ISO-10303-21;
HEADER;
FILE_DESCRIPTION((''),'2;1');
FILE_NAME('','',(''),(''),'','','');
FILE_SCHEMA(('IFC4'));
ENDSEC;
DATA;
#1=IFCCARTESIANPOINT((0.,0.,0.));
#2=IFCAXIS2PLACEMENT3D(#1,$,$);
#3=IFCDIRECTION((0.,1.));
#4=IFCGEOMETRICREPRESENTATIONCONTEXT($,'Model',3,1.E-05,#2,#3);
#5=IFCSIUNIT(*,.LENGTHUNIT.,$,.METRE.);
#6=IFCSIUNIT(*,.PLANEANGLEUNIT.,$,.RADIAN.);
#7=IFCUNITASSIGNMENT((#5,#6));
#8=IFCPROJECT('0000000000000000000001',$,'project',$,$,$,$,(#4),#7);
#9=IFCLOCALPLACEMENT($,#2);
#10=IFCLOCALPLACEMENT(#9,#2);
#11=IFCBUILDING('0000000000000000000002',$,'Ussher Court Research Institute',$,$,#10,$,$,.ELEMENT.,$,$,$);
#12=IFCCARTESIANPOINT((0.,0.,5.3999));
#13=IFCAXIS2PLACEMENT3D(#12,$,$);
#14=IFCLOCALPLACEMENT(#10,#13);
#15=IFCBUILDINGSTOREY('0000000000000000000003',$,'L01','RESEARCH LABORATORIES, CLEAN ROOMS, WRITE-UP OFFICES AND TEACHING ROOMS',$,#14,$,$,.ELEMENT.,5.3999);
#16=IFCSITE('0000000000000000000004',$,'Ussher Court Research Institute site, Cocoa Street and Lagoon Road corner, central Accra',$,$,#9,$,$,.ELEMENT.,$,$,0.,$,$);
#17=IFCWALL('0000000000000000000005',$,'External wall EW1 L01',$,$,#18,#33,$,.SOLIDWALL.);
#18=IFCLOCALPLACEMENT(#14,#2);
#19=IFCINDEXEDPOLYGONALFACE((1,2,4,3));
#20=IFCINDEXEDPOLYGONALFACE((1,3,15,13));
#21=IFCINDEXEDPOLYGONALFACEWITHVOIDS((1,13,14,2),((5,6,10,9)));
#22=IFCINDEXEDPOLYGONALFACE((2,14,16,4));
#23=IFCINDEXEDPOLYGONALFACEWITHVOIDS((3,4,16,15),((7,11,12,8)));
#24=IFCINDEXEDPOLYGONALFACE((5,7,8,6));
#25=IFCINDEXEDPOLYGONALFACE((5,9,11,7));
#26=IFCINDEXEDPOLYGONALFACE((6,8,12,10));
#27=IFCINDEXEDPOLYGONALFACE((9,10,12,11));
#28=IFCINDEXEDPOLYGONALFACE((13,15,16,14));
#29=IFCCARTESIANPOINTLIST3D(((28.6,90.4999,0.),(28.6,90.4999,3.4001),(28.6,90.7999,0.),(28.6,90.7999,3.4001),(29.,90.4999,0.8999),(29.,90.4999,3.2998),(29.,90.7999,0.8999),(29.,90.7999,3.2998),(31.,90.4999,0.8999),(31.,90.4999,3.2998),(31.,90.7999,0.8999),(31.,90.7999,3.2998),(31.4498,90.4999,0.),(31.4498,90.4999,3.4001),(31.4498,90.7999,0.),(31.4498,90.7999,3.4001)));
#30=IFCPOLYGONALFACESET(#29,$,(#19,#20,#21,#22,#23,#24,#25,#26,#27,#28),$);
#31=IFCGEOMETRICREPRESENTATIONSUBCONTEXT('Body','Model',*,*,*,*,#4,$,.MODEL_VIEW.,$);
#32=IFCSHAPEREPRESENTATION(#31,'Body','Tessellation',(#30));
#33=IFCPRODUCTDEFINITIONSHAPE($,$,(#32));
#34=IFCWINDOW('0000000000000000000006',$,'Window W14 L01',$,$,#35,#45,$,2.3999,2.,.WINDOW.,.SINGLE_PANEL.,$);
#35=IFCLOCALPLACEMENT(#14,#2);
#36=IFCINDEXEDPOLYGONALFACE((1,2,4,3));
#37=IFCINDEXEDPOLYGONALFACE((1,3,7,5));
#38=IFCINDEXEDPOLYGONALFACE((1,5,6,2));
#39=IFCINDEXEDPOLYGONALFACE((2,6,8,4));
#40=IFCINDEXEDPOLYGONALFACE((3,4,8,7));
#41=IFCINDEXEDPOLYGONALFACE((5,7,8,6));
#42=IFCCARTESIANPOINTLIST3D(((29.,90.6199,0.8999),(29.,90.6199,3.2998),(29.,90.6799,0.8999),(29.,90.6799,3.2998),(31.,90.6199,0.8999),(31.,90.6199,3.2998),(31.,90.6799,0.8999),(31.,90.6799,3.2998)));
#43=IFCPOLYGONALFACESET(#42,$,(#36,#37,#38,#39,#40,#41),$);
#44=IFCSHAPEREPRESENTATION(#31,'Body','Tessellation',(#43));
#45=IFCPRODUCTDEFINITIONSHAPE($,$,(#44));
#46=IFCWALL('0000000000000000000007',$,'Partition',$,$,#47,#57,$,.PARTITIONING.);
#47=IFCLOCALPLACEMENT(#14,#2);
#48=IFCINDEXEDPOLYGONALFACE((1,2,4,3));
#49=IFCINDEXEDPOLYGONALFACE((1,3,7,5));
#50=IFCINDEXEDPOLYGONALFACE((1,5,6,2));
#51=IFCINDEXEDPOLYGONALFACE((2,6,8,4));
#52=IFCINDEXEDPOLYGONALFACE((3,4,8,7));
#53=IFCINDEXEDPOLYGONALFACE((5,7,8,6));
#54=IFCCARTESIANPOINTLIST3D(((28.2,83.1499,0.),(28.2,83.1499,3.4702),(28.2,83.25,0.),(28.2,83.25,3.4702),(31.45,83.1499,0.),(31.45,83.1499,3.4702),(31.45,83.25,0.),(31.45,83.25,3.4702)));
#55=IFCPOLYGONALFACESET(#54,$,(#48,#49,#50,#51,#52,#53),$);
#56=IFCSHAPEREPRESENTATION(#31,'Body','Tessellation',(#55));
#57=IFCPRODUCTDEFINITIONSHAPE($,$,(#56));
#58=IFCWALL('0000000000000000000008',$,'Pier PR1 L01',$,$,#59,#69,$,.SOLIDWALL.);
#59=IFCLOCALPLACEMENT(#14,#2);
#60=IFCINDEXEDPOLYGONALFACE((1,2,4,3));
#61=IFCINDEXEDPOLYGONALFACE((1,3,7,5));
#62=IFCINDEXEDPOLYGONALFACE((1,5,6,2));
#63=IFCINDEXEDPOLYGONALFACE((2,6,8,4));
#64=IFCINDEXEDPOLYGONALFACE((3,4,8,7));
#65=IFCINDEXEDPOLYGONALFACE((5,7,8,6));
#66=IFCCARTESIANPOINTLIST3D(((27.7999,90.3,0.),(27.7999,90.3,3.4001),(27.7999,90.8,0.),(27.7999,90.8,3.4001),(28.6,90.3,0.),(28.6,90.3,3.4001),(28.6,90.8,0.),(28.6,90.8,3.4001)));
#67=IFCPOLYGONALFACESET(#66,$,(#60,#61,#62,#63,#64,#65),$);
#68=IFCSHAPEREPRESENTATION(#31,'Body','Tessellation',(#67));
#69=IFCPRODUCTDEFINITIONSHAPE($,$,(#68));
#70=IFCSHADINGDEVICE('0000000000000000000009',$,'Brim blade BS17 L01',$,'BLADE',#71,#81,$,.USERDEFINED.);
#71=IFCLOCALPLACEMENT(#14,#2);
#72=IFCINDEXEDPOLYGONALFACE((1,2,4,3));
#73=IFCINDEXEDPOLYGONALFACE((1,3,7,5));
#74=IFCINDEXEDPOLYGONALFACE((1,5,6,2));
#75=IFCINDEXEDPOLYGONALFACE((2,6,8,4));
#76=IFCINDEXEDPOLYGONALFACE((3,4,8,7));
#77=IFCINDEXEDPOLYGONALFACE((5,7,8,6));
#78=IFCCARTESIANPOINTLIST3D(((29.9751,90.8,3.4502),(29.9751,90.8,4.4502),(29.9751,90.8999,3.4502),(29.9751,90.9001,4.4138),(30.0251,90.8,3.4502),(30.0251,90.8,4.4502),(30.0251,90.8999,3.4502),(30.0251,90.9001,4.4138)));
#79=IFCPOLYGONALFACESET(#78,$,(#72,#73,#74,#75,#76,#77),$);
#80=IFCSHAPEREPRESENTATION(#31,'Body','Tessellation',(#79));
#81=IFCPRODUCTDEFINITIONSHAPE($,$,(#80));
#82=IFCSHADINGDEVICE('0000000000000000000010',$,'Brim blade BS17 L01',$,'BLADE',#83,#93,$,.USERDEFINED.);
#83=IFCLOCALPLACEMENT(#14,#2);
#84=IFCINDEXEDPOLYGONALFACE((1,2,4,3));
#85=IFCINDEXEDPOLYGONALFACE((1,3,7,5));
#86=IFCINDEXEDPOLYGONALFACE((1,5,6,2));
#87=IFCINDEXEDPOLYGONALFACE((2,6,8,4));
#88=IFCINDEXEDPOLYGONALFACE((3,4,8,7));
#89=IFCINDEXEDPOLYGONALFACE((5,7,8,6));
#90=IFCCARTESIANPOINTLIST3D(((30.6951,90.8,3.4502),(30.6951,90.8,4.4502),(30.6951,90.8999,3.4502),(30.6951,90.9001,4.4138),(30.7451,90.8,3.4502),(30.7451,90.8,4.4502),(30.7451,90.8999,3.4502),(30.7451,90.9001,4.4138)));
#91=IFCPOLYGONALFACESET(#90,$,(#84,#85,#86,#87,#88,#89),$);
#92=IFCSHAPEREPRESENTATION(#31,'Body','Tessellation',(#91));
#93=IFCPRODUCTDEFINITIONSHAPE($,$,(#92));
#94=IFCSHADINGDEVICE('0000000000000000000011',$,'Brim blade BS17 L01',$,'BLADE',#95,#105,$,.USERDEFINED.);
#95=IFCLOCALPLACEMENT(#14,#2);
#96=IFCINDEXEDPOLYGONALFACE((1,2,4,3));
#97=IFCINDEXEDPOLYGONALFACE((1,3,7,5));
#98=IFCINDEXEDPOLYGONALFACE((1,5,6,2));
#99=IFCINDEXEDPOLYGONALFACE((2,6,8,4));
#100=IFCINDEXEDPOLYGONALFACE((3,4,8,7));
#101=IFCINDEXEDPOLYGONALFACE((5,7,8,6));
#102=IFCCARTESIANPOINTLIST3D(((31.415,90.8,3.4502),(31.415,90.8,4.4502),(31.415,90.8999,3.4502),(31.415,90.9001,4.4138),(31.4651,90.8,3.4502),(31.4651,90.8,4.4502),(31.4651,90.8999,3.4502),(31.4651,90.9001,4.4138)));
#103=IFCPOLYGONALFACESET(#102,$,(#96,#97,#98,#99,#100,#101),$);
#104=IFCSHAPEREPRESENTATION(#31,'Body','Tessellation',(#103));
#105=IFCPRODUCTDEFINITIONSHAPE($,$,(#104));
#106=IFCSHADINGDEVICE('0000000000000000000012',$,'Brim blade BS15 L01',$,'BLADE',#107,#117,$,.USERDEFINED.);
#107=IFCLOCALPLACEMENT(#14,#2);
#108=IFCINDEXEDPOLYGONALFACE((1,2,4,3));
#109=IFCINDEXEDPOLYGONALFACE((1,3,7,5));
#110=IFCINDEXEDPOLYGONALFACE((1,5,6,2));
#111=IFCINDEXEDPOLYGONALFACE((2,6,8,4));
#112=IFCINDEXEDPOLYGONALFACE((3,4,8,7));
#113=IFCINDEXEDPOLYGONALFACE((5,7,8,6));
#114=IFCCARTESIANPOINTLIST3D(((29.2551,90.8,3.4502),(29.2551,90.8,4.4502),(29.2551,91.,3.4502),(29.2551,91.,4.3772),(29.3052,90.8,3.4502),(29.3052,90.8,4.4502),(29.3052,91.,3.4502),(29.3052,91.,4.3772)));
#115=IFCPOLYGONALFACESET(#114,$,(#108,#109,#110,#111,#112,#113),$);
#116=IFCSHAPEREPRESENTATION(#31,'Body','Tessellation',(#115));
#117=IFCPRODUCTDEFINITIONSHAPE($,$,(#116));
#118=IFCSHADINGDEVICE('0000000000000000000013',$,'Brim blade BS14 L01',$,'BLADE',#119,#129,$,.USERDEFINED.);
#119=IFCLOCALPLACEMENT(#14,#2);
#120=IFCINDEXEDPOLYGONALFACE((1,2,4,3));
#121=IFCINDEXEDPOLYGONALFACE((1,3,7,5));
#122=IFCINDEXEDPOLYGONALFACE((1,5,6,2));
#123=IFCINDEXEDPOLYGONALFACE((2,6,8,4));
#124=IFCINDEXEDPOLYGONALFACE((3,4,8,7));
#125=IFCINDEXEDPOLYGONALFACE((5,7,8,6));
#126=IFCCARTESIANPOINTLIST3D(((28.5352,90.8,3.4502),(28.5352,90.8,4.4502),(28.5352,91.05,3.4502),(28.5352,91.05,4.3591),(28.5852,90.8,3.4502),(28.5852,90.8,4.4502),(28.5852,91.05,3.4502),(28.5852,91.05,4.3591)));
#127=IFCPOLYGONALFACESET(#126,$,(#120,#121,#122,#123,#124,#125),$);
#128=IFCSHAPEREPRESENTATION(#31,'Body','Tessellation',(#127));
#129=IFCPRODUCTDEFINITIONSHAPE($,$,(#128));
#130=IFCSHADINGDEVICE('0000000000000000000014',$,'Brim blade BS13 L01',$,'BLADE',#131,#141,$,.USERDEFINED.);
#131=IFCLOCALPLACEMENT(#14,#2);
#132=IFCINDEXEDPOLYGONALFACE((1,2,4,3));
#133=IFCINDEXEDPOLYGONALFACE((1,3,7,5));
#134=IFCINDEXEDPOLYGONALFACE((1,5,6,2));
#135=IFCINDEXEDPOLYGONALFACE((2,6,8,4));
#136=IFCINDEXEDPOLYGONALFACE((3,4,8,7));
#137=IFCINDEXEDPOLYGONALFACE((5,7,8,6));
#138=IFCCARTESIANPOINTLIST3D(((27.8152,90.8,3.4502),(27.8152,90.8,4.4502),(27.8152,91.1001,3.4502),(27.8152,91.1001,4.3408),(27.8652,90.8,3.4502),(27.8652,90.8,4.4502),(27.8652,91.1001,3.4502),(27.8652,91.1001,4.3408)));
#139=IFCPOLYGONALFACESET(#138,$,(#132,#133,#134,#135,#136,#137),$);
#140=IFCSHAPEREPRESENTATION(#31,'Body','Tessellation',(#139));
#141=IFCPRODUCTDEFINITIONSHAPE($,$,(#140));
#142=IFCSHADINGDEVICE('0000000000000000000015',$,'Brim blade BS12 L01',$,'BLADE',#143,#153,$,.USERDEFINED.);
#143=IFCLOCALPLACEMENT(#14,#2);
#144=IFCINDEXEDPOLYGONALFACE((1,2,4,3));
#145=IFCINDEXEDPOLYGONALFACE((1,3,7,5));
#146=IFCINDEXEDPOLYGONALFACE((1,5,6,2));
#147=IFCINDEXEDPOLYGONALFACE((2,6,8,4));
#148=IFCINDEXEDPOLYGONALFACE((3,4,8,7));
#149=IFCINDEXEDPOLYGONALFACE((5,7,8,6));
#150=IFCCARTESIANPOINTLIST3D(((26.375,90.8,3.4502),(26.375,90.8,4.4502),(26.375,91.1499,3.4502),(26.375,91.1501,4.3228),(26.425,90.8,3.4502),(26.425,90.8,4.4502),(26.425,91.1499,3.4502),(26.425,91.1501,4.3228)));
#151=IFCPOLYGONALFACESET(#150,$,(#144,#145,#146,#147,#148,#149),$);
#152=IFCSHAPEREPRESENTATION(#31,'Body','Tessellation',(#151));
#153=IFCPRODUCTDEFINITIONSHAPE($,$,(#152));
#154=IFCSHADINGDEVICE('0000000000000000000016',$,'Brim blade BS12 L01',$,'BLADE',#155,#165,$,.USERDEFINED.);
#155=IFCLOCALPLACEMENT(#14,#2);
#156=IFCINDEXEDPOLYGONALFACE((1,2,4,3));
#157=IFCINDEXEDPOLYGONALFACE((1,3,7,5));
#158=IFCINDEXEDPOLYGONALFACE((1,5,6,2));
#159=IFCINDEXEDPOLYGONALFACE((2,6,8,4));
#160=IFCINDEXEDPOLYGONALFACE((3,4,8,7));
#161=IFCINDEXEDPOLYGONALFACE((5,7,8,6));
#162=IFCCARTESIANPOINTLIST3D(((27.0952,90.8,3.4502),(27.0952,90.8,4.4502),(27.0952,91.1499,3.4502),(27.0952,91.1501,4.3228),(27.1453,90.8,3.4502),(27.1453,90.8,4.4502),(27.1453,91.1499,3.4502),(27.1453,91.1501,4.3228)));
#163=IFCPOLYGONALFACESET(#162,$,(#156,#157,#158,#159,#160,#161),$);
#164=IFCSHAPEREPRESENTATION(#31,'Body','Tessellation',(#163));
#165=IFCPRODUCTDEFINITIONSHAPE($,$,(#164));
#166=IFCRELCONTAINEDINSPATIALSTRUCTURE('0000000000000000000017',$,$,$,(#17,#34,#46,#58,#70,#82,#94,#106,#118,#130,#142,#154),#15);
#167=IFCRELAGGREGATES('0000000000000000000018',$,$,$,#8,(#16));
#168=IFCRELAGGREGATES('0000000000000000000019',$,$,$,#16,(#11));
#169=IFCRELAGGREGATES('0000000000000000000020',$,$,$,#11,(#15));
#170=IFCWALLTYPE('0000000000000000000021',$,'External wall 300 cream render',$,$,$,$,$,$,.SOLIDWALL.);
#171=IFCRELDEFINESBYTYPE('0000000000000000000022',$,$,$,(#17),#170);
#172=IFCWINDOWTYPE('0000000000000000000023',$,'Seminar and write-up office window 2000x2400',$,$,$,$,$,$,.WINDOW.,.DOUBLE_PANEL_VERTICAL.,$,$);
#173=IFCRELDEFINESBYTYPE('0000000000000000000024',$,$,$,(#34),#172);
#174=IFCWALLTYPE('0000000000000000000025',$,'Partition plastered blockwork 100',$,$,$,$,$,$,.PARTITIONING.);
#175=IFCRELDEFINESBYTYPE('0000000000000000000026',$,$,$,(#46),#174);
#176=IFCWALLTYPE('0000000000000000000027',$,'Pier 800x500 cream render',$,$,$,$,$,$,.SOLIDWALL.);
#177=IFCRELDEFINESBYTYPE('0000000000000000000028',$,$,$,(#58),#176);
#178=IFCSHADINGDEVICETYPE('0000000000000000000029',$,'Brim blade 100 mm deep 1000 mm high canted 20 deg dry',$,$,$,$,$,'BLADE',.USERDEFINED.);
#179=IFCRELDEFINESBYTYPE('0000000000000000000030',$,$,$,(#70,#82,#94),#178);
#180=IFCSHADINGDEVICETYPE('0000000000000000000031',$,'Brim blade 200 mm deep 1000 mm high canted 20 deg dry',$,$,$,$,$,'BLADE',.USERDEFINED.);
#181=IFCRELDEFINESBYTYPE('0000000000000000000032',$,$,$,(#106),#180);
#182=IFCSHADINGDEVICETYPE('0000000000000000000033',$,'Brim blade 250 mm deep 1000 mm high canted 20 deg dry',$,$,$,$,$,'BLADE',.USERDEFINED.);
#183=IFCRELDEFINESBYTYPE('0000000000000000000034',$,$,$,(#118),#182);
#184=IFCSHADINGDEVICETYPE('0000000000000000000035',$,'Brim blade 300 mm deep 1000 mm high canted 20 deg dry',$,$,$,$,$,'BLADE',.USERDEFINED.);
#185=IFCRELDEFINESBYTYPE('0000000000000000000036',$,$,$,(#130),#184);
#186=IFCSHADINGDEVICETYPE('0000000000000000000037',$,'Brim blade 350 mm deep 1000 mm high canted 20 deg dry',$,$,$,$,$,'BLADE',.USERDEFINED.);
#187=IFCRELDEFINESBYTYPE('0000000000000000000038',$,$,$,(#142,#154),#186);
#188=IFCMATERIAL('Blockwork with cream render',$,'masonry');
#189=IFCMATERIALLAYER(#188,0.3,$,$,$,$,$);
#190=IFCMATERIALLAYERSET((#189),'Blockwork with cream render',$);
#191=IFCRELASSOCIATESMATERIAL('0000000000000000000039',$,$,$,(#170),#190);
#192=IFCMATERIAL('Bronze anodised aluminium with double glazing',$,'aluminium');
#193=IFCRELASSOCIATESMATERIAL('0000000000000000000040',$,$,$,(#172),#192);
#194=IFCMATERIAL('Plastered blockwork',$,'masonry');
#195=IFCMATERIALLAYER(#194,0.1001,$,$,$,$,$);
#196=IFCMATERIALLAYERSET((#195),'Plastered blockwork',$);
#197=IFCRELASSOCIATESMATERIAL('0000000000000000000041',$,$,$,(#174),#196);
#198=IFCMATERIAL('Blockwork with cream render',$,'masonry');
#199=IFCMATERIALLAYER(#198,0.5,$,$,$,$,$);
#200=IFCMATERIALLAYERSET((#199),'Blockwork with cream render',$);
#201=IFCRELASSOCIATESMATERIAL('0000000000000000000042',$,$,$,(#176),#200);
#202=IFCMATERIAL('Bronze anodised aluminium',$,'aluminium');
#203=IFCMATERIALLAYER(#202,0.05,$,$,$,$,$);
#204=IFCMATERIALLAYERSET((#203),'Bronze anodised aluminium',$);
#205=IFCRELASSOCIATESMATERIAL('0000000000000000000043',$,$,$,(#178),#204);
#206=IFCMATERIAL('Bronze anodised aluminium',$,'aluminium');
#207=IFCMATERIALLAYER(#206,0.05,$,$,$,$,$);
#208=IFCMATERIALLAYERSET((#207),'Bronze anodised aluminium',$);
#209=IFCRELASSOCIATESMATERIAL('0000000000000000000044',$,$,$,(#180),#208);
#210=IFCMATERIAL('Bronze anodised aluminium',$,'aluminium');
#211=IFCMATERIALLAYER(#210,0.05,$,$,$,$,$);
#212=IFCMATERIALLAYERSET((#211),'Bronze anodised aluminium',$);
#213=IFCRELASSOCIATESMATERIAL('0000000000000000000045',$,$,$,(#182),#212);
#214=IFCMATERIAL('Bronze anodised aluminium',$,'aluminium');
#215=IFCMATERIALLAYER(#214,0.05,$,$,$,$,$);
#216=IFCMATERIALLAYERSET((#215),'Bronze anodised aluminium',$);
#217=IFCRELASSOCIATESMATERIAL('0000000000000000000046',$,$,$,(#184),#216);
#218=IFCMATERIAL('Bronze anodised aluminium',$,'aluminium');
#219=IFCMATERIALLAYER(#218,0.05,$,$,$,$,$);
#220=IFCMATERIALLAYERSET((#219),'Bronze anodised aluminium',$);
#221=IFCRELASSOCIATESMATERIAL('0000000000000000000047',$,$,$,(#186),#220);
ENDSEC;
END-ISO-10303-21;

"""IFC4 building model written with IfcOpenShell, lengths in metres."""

from ifc_helpers import new_model, si_unit, direction, frame, frame_2d, origin, place, context, subcontext, project, spatial, polyline, rectangle, outline, extrude, material, layer, layer_set, type_object, element, fill, save


model = new_model("IFC4")

# Units and contexts
model_context = context("Model", 3, precision=1e-05, world=origin(), true_north=direction((0.0, 1.0)))
body_context = subcontext(model_context, "Body", "Model", "MODEL_VIEW")
ifc_project = project(units=[si_unit("LENGTHUNIT", "METRE"), si_unit("PLANEANGLEUNIT", "RADIAN")], contexts=[model_context])

# Site, building, storey
site_placement = place(None, origin())
site = spatial("IfcSite", under=ifc_project, at=site_placement, Name="Ussher Court Research Institute site, Cocoa Street and Lagoon Road corner, central Accra", CompositionType="ELEMENT", RefElevation=0.0)
building_placement = place(site_placement, origin())
building = spatial("IfcBuilding", under=site, at=building_placement, Name="Ussher Court Research Institute", CompositionType="ELEMENT")
storey_placement = place(building_placement, frame((0.0, 0.0, 5.3999)))
storey = spatial("IfcBuildingStorey", under=building, at=storey_placement, Name="L01", Description="RESEARCH LABORATORIES, CLEAN ROOMS, WRITE-UP OFFICES AND TEACHING ROOMS", CompositionType="ELEMENT", Elevation=5.3999)

# Wall, opening, window
ifc_material_1 = material(Name="Blockwork with cream render", Category="masonry")
ifc_layer_1 = layer(ifc_material_1, 0.3)
ifc_layer_set_1 = layer_set([ifc_layer_1], Name="Blockwork with cream render")
wall_type_1 = type_object("IfcWallType", Name="External wall 300 cream render", PredefinedType="SOLIDWALL", material=ifc_layer_set_1)
ifc_material_2 = material(Name="Bronze anodised aluminium with double glazing", Category="aluminium")
window_type = type_object("IfcWindowType", Name="Seminar and write-up office window 2000x2400", PartitioningType="DOUBLE_PANEL_VERTICAL", PredefinedType="WINDOW", material=ifc_material_2)
wall_1_placement = place(storey_placement, frame((28.6001, 90.6499, 0.0), z_axis=(0.0, 0.0, 1.0), x_axis=(1.0, 0.0, 0.0)))
wall_1 = element("IfcWall", 1, at=wall_1_placement, inside=storey, type_object=wall_type_1, Name="External wall EW1 L01", PredefinedType="SOLIDWALL", context=body_context, shape_type="SweptSolid", body=[
    extrude(rectangle(XDim=2.8499, YDim=0.3, at=frame_2d((1.4248, 0.0))), origin(), (0.0, 0.0, 1.0), 3.4001),
])
opening_1_placement = place(wall_1_placement, frame((0.3999, 0.0, 0.8999)))
opening_1 = element("IfcOpeningElement", 2, at=opening_1_placement, cuts=wall_1, PredefinedType="OPENING", context=body_context, shape_type="SweptSolid", body=[
    extrude(rectangle(XDim=2.0, YDim=2.3999, at=frame_2d((1.0, 1.2))), frame((0.0, 0.1602, 0.0), z_axis=(0.0, -1.0, 0.0), x_axis=(1.0, 0.0, 0.0)), (0.0, 0.0, 1.0), 0.3201),
])
window_1_placement = place(opening_1_placement, origin())
window_1 = element("IfcWindow", 3, at=window_1_placement, inside=storey, type_object=window_type, Name="Window W14 L01", OverallHeight=2.3999, OverallWidth=2.0, PartitioningType="SINGLE_PANEL", PredefinedType="WINDOW", context=body_context, shape_type="SweptSolid", body=[
    extrude(rectangle(XDim=2.0, YDim=2.3999, at=frame_2d((1.0, 1.2))), frame((0.0, 0.03, 0.0), z_axis=(0.0, -1.0, 0.0), x_axis=(1.0, 0.0, 0.0)), (0.0, 0.0, 1.0), 0.0601),
])
fill(opening_1, window_1)

# Walls
ifc_material_3 = material(Name="Plastered blockwork", Category="masonry")
ifc_layer_2 = layer(ifc_material_3, 0.1001)
ifc_layer_set_2 = layer_set([ifc_layer_2], Name="Plastered blockwork")
wall_type_2 = type_object("IfcWallType", Name="Partition plastered blockwork 100", PredefinedType="PARTITIONING", material=ifc_layer_set_2)
wall_2_placement = place(storey_placement, frame((28.2, 83.2, 0.0), z_axis=(0.0, 0.0, 1.0), x_axis=(1.0, 0.0, 0.0)))
element("IfcWall", 4, at=wall_2_placement, inside=storey, type_object=wall_type_2, Name="Partition", PredefinedType="PARTITIONING", context=body_context, shape_type="SweptSolid", body=[
    extrude(rectangle(XDim=3.25, YDim=0.1001, at=frame_2d((1.625, 0.0))), origin(), (0.0, 0.0, 1.0), 3.4702),
])
ifc_material_4 = material(Name="Blockwork with cream render", Category="masonry")
ifc_layer_3 = layer(ifc_material_4, 0.5)
ifc_layer_set_3 = layer_set([ifc_layer_3], Name="Blockwork with cream render")
wall_type_3 = type_object("IfcWallType", Name="Pier 800x500 cream render", PredefinedType="SOLIDWALL", material=ifc_layer_set_3)
wall_3_placement = place(storey_placement, frame((27.8, 90.55, 0.0), z_axis=(0.0, 0.0, 1.0), x_axis=(1.0, 0.0, 0.0)))
element("IfcWall", 5, at=wall_3_placement, inside=storey, type_object=wall_type_3, Name="Pier PR1 L01", PredefinedType="SOLIDWALL", context=body_context, shape_type="SweptSolid", body=[
    extrude(rectangle(XDim=0.8, YDim=0.5, at=frame_2d((0.3999, 0.0))), origin(), (0.0, 0.0, 1.0), 3.4001),
])

# Shading devices
ifc_material_5 = material(Name="Bronze anodised aluminium", Category="aluminium")
ifc_layer_4 = layer(ifc_material_5, 0.05)
ifc_layer_set_4 = layer_set([ifc_layer_4], Name="Bronze anodised aluminium")
shading_device_type_1 = type_object("IfcShadingDeviceType", Name="Brim blade 100 mm deep 1000 mm high canted 20 deg dry", ElementType="BLADE", PredefinedType="USERDEFINED", material=ifc_layer_set_4)
for number, where, z_axis, x_axis, name in (
    (6, (30.0, 90.8, 3.4502), (0.0, 0.0, 1.0), (0.0, 1.0, 0.0), "Brim blade BS17 L01"),
    (7, (30.72, 90.8, 3.4502), (0.0, 0.0, 1.0), (0.0, 1.0, 0.0), "Brim blade BS17 L01"),
    (8, (31.4399, 90.8, 3.4502), (0.0, 0.0, 1.0), (0.0, 1.0, 0.0), "Brim blade BS17 L01"),
):
    element("IfcShadingDevice", number, at=place(storey_placement, frame(where, z_axis=z_axis, x_axis=x_axis)), inside=storey, type_object=shading_device_type_1, Name=name, ObjectType="BLADE", PredefinedType="USERDEFINED", context=body_context, shape_type="SweptSolid", body=[
        extrude(outline(polyline([(0.0, 0.0), (0.0999, 0.0), (0.1001, 0.9636), (0.0, 1.0), (0.0, 0.0)])), frame((0.0, 0.0249, 0.0), z_axis=(0.0, -1.0, 0.0), x_axis=(1.0, 0.0, 0.0)), (0.0, 0.0, 1.0), 0.05),
    ])
ifc_material_6 = material(Name="Bronze anodised aluminium", Category="aluminium")
ifc_layer_5 = layer(ifc_material_6, 0.05)
ifc_layer_set_5 = layer_set([ifc_layer_5], Name="Bronze anodised aluminium")
shading_device_type_2 = type_object("IfcShadingDeviceType", Name="Brim blade 200 mm deep 1000 mm high canted 20 deg dry", ElementType="BLADE", PredefinedType="USERDEFINED", material=ifc_layer_set_5)
shading_device_1_placement = place(storey_placement, frame((29.28, 90.8, 3.4502), z_axis=(0.0, 0.0, 1.0), x_axis=(0.0, 1.0, 0.0)))
element("IfcShadingDevice", 9, at=shading_device_1_placement, inside=storey, type_object=shading_device_type_2, Name="Brim blade BS15 L01", ObjectType="BLADE", PredefinedType="USERDEFINED", context=body_context, shape_type="SweptSolid", body=[
    extrude(outline(polyline([(0.0, 0.0), (0.2, 0.0), (0.2, 0.927), (0.0, 1.0), (0.0, 0.0)])), frame((0.0, 0.0249, 0.0), z_axis=(0.0, -1.0, 0.0), x_axis=(1.0, 0.0, 0.0)), (0.0, 0.0, 1.0), 0.05),
])
ifc_material_7 = material(Name="Bronze anodised aluminium", Category="aluminium")
ifc_layer_6 = layer(ifc_material_7, 0.05)
ifc_layer_set_6 = layer_set([ifc_layer_6], Name="Bronze anodised aluminium")
shading_device_type_3 = type_object("IfcShadingDeviceType", Name="Brim blade 250 mm deep 1000 mm high canted 20 deg dry", ElementType="BLADE", PredefinedType="USERDEFINED", material=ifc_layer_set_6)
shading_device_2_placement = place(storey_placement, frame((28.5601, 90.8, 3.4502), z_axis=(0.0, 0.0, 1.0), x_axis=(0.0, 1.0, 0.0)))
element("IfcShadingDevice", 10, at=shading_device_2_placement, inside=storey, type_object=shading_device_type_3, Name="Brim blade BS14 L01", ObjectType="BLADE", PredefinedType="USERDEFINED", context=body_context, shape_type="SweptSolid", body=[
    extrude(outline(polyline([(0.0, 0.0), (0.25, 0.0), (0.25, 0.9089), (0.0, 1.0), (0.0, 0.0)])), frame((0.0, 0.0249, 0.0), z_axis=(0.0, -1.0, 0.0), x_axis=(1.0, 0.0, 0.0)), (0.0, 0.0, 1.0), 0.05),
])
ifc_material_8 = material(Name="Bronze anodised aluminium", Category="aluminium")
ifc_layer_7 = layer(ifc_material_8, 0.05)
ifc_layer_set_7 = layer_set([ifc_layer_7], Name="Bronze anodised aluminium")
shading_device_type_4 = type_object("IfcShadingDeviceType", Name="Brim blade 300 mm deep 1000 mm high canted 20 deg dry", ElementType="BLADE", PredefinedType="USERDEFINED", material=ifc_layer_set_7)
shading_device_3_placement = place(storey_placement, frame((27.8401, 90.8, 3.4502), z_axis=(0.0, 0.0, 1.0), x_axis=(0.0, 1.0, 0.0)))
element("IfcShadingDevice", 11, at=shading_device_3_placement, inside=storey, type_object=shading_device_type_4, Name="Brim blade BS13 L01", ObjectType="BLADE", PredefinedType="USERDEFINED", context=body_context, shape_type="SweptSolid", body=[
    extrude(outline(polyline([(0.0, 0.0), (0.3, 0.0), (0.3, 0.8906), (0.0, 1.0), (0.0, 0.0)])), frame((0.0, 0.0249, 0.0), z_axis=(0.0, -1.0, 0.0), x_axis=(1.0, 0.0, 0.0)), (0.0, 0.0, 1.0), 0.05),
])
ifc_material_9 = material(Name="Bronze anodised aluminium", Category="aluminium")
ifc_layer_8 = layer(ifc_material_9, 0.05)
ifc_layer_set_8 = layer_set([ifc_layer_8], Name="Bronze anodised aluminium")
shading_device_type_5 = type_object("IfcShadingDeviceType", Name="Brim blade 350 mm deep 1000 mm high canted 20 deg dry", ElementType="BLADE", PredefinedType="USERDEFINED", material=ifc_layer_set_8)
for number, where, z_axis, x_axis, name in (
    (12, (26.3999, 90.8, 3.4502), (0.0, 0.0, 1.0), (0.0, 1.0, 0.0), "Brim blade BS12 L01"),
    (13, (27.1201, 90.8, 3.4502), (0.0, 0.0, 1.0), (0.0, 1.0, 0.0), "Brim blade BS12 L01"),
):
    element("IfcShadingDevice", number, at=place(storey_placement, frame(where, z_axis=z_axis, x_axis=x_axis)), inside=storey, type_object=shading_device_type_5, Name=name, ObjectType="BLADE", PredefinedType="USERDEFINED", context=body_context, shape_type="SweptSolid", body=[
        extrude(outline(polyline([(0.0, 0.0), (0.3499, 0.0), (0.3501, 0.8726), (0.0, 1.0), (0.0, 0.0)])), frame((0.0, 0.0249, 0.0), z_axis=(0.0, -1.0, 0.0), x_axis=(1.0, 0.0, 0.0)), (0.0, 0.0, 1.0), 0.05),
    ])

save(model, "model.ifc")
